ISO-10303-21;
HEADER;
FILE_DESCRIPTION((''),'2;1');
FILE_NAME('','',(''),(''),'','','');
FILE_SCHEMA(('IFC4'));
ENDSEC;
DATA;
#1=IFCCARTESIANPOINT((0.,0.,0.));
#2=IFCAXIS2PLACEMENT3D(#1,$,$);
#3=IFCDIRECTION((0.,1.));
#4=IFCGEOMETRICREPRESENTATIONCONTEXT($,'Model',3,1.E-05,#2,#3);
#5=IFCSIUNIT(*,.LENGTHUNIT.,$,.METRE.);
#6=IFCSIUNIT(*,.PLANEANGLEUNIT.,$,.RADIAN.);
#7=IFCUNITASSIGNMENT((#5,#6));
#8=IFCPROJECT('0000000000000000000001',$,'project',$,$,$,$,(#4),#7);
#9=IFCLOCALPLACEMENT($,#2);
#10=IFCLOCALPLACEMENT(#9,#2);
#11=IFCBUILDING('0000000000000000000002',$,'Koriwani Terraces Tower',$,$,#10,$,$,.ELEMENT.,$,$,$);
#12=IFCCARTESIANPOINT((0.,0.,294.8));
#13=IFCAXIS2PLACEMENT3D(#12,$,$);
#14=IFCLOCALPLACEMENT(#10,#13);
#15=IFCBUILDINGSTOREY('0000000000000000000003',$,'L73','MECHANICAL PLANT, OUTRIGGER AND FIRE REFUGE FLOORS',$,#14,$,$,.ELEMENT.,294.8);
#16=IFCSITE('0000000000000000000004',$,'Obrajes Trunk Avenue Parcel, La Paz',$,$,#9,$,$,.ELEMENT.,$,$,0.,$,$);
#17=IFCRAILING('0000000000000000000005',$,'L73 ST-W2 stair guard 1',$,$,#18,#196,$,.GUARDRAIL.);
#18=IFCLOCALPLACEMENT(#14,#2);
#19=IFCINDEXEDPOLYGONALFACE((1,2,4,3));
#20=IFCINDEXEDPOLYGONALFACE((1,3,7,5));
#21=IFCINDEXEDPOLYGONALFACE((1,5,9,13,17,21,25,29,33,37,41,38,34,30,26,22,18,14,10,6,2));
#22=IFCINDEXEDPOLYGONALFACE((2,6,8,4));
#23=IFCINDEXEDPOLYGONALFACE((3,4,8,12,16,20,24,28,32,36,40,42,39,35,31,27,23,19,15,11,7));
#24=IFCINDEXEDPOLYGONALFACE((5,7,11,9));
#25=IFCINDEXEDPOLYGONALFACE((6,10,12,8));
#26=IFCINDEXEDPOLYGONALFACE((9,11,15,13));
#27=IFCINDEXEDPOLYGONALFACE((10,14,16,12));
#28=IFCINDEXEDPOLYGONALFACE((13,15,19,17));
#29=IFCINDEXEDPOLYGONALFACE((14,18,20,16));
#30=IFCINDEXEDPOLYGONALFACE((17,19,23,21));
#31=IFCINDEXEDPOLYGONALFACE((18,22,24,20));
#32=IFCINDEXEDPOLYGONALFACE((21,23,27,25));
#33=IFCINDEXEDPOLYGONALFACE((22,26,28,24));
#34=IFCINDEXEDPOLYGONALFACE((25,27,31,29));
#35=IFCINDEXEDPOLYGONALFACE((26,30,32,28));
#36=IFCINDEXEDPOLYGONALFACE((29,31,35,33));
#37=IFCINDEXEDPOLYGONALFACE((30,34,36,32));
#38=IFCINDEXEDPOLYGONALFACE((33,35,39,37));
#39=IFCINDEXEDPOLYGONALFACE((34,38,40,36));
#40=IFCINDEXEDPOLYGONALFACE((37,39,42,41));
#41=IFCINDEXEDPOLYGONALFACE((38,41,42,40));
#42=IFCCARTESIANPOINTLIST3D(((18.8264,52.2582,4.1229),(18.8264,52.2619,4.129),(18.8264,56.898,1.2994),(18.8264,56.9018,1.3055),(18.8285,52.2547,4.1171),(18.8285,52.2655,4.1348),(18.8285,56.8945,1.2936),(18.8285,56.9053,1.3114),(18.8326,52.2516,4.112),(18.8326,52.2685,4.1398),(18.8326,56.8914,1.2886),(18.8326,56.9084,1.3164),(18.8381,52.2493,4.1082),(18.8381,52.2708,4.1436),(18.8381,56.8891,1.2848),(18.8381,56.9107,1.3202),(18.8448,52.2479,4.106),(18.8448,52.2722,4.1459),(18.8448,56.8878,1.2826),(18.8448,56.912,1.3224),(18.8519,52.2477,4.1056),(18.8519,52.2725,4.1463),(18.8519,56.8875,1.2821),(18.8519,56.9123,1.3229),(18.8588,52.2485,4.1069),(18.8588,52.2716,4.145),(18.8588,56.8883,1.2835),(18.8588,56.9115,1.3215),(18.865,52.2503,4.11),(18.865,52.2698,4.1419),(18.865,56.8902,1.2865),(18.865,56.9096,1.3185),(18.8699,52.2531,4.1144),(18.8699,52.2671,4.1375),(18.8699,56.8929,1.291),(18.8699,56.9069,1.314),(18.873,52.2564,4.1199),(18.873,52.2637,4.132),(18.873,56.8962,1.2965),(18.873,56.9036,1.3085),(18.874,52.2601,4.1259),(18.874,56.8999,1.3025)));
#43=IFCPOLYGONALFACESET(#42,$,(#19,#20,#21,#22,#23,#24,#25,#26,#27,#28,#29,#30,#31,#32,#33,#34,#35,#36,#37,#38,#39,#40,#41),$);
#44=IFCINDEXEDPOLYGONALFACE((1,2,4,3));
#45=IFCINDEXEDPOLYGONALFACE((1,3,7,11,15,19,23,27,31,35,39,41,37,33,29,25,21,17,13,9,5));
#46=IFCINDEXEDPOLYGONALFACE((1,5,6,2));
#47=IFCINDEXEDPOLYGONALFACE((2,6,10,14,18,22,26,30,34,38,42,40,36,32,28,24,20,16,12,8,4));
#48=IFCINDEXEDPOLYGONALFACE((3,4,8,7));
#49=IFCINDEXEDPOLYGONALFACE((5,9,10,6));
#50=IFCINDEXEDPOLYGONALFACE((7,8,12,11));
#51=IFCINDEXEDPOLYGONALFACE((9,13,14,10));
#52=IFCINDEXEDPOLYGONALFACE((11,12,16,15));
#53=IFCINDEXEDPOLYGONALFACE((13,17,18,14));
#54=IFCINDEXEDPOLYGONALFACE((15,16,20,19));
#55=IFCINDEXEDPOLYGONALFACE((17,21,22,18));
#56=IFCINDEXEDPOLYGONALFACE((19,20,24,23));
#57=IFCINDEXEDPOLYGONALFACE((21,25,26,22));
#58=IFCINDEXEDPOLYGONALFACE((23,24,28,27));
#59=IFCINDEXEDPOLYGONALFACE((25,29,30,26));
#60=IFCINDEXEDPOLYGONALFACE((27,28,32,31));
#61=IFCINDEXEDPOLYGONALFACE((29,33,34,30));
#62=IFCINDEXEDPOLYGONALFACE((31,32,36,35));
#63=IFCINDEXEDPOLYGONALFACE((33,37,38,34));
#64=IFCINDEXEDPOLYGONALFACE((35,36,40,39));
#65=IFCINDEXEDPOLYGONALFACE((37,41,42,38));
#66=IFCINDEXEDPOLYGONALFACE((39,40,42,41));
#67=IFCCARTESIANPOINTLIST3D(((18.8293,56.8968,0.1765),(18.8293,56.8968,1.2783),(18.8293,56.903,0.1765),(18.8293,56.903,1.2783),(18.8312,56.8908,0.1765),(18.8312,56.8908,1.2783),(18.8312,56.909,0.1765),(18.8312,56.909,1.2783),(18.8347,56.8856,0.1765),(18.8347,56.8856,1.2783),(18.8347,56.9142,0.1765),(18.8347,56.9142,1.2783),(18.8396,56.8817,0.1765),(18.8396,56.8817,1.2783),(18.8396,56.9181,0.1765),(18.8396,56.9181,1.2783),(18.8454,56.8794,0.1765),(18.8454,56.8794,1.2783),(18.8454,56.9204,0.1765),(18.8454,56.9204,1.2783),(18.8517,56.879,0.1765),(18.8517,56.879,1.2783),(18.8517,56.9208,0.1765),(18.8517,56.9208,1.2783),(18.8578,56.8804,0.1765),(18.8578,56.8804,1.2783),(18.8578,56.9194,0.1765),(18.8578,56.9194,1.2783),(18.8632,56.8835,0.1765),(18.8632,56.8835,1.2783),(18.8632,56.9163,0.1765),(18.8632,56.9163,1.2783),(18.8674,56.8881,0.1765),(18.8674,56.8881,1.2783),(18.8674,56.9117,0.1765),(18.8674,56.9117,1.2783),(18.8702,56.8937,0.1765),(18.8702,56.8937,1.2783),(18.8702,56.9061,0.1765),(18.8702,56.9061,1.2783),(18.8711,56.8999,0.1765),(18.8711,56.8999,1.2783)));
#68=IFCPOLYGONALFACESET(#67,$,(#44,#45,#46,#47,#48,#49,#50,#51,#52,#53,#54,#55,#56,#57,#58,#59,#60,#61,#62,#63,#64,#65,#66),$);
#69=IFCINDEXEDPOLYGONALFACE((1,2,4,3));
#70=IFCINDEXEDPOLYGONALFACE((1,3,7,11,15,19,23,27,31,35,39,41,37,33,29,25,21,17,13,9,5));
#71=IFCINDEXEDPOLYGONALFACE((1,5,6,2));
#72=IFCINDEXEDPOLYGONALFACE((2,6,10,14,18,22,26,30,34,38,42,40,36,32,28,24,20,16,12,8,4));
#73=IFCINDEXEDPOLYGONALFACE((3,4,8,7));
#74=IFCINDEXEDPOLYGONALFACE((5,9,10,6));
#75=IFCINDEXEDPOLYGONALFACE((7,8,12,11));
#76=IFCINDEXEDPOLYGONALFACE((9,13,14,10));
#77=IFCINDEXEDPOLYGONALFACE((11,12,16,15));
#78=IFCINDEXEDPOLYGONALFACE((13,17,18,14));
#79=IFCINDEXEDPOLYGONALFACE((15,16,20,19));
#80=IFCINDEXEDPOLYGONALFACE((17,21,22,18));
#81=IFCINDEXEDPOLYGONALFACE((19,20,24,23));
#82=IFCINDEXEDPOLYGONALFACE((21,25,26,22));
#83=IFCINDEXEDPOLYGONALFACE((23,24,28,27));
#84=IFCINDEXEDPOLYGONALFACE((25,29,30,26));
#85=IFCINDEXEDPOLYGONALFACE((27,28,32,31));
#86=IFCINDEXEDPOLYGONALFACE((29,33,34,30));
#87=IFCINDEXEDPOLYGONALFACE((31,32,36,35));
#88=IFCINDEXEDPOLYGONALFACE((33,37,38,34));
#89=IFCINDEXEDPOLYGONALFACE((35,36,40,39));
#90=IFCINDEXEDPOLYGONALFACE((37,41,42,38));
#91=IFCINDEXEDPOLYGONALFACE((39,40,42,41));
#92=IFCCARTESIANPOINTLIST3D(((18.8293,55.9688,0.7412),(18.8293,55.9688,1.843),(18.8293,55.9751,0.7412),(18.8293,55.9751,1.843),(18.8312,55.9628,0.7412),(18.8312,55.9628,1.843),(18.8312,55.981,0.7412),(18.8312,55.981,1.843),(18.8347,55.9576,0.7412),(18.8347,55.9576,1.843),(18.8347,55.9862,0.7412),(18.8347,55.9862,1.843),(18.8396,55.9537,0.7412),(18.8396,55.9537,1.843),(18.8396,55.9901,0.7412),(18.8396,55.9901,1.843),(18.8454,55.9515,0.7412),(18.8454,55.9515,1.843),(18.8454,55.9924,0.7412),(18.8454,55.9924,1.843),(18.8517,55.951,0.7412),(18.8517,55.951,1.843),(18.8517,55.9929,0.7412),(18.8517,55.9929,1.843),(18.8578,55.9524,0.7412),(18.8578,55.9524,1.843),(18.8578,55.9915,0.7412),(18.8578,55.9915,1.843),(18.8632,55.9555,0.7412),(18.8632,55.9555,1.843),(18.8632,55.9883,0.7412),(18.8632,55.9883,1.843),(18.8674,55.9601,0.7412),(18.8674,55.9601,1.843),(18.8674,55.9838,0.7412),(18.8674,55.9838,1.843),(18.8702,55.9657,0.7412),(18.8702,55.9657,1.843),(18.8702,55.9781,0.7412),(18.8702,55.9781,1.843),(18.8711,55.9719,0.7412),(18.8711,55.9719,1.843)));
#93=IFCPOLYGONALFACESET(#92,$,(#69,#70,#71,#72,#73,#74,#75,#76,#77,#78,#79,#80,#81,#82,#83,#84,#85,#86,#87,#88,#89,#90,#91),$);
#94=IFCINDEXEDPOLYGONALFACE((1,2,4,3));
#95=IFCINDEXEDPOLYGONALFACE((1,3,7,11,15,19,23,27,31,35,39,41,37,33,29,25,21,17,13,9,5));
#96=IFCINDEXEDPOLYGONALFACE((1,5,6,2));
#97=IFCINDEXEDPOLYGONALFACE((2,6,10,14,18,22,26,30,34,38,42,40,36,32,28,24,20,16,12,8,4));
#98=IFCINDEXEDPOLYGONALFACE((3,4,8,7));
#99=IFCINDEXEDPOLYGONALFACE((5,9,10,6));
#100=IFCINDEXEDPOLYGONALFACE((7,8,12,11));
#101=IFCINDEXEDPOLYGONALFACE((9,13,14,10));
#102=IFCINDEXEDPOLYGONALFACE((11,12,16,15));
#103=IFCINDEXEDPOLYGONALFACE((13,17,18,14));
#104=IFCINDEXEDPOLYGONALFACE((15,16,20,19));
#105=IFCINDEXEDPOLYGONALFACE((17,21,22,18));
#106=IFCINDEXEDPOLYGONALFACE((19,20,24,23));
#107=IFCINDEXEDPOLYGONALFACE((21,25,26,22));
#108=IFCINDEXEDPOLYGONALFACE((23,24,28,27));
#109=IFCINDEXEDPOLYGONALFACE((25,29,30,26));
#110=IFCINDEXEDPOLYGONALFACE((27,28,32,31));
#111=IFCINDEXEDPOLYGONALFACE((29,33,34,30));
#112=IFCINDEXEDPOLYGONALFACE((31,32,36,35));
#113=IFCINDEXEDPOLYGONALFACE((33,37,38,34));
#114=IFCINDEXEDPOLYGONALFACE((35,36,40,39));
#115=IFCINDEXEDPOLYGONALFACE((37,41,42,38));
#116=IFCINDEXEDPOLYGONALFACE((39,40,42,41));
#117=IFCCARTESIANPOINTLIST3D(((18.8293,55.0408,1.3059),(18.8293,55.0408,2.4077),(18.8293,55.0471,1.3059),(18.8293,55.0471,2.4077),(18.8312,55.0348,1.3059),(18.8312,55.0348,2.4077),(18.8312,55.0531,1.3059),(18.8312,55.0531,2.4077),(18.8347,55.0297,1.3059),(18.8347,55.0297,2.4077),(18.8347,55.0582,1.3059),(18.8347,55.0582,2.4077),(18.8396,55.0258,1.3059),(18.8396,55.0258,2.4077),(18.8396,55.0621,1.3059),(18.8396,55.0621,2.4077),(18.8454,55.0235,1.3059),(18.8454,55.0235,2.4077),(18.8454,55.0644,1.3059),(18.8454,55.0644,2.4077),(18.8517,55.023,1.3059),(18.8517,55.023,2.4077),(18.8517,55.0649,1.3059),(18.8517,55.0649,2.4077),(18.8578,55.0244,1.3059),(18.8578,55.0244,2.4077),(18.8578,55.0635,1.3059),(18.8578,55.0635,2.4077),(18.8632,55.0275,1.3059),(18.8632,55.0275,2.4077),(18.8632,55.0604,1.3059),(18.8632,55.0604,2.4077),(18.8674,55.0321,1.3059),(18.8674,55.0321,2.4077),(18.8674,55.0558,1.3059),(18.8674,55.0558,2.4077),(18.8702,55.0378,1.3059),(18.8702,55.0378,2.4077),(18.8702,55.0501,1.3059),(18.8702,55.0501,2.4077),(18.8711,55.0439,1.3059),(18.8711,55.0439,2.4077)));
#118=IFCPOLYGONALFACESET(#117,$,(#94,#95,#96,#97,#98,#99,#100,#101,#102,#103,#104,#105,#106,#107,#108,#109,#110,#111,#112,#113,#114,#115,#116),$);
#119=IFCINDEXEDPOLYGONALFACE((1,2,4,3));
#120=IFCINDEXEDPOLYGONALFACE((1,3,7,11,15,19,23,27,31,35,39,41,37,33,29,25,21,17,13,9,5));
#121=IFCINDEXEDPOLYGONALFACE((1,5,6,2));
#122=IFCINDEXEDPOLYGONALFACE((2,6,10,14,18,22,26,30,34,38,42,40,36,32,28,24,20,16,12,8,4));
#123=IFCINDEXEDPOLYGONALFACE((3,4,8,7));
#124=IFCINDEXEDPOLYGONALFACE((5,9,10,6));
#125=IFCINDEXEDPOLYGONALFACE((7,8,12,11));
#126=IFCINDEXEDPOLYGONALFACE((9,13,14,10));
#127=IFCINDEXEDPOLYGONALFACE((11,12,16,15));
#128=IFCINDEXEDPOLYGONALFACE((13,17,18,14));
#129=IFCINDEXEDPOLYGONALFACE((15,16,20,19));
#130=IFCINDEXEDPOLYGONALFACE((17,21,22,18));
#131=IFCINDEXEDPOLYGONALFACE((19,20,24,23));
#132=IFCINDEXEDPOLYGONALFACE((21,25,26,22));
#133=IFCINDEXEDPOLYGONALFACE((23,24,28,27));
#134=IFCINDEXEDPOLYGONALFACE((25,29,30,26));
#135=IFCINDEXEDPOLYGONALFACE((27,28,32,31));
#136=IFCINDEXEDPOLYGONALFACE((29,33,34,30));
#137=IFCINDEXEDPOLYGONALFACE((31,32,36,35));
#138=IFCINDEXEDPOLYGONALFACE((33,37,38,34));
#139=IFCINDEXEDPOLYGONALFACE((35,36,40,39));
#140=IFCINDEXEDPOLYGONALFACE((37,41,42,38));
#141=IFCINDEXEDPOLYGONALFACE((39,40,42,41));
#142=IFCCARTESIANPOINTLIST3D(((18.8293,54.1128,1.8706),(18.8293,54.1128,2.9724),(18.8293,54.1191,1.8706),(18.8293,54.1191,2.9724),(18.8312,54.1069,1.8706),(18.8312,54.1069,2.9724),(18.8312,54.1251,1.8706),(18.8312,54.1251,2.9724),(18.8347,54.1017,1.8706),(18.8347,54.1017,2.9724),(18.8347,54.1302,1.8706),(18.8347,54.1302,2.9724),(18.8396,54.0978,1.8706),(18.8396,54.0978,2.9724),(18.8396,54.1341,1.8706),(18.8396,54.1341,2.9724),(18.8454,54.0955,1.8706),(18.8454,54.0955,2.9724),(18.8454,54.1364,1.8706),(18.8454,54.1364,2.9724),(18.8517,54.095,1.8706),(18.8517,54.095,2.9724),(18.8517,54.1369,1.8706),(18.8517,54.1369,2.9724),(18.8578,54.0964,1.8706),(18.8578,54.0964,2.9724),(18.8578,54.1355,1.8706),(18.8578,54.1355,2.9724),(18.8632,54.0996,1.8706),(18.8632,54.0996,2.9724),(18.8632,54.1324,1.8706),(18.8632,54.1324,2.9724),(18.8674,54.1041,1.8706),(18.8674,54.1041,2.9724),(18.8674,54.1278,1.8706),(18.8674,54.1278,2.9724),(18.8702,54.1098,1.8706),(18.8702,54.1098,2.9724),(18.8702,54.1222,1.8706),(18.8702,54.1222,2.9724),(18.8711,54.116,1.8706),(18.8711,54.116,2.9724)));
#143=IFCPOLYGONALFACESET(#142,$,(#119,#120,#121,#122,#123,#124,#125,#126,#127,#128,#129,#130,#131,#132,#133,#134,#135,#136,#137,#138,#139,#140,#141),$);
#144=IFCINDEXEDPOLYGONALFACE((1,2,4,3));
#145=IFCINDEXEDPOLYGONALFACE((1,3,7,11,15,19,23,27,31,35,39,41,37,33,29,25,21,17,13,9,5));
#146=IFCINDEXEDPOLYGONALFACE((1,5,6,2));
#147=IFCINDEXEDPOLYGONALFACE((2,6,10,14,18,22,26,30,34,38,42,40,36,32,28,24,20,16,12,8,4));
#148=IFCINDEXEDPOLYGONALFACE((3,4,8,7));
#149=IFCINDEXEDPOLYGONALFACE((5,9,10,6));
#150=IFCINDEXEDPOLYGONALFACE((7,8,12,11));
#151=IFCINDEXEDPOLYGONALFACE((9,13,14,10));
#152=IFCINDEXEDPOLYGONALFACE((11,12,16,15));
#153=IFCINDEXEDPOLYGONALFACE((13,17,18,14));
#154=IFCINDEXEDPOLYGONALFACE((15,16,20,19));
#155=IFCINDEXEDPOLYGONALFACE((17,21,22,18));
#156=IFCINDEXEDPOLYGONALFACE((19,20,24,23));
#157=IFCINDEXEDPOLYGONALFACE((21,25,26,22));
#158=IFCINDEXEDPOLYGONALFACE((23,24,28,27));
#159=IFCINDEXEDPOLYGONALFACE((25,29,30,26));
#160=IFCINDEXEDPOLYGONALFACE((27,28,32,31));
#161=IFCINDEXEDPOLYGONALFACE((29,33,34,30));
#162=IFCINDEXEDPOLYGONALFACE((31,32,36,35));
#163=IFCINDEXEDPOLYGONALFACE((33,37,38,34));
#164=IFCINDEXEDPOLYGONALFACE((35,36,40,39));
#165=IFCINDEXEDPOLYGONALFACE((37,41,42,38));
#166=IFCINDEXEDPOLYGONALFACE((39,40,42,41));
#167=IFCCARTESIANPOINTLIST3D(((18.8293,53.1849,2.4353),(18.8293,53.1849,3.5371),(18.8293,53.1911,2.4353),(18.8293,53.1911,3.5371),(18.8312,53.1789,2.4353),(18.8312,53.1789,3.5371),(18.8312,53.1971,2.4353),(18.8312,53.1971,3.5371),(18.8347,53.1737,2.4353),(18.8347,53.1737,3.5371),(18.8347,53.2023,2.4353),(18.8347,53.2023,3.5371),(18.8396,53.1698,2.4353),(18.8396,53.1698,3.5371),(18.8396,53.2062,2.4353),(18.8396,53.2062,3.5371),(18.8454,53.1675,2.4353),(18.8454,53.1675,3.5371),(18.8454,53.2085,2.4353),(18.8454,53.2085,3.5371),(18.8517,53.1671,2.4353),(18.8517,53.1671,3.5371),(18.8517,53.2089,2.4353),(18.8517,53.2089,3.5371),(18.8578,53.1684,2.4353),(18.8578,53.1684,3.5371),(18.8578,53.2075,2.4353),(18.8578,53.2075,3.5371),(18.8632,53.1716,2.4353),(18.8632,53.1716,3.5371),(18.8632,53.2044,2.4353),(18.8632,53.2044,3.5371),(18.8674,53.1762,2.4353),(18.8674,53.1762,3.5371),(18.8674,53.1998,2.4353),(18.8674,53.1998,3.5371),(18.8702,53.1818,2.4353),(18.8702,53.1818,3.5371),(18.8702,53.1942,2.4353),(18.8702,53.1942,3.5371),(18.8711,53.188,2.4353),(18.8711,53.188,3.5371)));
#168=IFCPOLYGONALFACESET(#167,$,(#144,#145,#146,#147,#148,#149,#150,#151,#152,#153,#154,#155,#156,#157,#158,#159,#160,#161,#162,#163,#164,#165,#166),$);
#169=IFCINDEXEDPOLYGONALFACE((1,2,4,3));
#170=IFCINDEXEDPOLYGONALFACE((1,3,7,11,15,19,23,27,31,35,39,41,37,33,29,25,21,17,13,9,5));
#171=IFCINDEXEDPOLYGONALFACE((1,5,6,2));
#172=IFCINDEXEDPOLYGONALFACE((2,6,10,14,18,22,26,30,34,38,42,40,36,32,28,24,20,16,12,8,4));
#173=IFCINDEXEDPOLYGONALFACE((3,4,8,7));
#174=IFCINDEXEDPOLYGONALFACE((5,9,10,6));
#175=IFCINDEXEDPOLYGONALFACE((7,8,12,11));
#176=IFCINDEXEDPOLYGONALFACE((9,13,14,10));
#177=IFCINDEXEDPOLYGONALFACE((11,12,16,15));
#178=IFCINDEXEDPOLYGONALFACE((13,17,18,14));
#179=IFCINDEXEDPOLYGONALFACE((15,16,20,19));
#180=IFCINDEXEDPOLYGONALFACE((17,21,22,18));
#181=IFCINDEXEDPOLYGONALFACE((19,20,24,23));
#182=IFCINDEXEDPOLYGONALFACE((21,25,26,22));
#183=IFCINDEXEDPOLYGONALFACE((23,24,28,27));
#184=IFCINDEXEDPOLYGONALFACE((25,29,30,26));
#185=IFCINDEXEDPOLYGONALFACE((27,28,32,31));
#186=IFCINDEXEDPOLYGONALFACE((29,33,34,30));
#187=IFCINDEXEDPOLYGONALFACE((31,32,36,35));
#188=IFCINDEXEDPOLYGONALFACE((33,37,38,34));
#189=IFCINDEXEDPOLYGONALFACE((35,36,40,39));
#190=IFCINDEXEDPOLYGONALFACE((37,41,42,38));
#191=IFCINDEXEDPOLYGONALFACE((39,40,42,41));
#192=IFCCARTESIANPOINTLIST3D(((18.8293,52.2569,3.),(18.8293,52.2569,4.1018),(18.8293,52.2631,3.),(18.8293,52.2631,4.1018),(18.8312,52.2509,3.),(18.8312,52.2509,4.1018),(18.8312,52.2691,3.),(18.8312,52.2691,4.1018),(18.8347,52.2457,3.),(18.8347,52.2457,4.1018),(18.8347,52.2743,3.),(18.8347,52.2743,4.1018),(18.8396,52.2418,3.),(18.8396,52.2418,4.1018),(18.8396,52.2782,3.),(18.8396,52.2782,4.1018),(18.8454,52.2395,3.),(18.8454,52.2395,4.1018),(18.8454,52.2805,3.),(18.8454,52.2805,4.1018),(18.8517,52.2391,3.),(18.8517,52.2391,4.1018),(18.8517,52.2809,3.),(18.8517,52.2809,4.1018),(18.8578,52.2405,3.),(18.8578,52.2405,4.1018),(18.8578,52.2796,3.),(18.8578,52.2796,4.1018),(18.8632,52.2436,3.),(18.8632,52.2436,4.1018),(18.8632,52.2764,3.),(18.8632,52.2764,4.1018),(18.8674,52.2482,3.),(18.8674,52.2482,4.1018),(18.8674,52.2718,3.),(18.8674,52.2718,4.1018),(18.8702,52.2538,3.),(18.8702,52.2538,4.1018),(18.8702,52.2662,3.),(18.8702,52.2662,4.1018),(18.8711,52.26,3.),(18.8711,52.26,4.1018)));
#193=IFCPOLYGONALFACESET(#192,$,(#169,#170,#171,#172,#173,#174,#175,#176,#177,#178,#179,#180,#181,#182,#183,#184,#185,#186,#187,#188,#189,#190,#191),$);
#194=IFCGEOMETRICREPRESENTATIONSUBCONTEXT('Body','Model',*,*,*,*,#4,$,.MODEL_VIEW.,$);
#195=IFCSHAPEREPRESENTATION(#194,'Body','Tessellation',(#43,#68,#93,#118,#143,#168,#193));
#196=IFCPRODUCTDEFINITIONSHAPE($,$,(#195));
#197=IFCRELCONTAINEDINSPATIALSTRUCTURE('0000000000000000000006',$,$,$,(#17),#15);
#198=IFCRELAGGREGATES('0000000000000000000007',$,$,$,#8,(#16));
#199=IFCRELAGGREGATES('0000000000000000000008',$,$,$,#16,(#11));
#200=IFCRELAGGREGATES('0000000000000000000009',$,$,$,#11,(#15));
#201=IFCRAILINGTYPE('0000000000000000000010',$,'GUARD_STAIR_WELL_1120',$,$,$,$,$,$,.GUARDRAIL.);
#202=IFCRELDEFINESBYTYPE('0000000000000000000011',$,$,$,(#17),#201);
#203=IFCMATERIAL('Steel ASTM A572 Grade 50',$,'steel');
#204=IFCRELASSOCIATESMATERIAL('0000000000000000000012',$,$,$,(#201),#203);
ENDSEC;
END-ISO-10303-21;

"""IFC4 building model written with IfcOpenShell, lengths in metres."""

from ifc_helpers import new_model, si_unit, direction, frame, origin, origin_2d, place, context, subcontext, project, spatial, circle, extrude, material, type_object, element, save


model = new_model("IFC4")

# Units and contexts
model_context = context("Model", 3, precision=1e-05, world=origin(), true_north=direction((0.0, 1.0)))
body_context = subcontext(model_context, "Body", "Model", "MODEL_VIEW")
ifc_project = project(units=[si_unit("LENGTHUNIT", "METRE"), si_unit("PLANEANGLEUNIT", "RADIAN")], contexts=[model_context])

# Site, building, storey
site_placement = place(None, origin())
site = spatial("IfcSite", under=ifc_project, at=site_placement, Name="Obrajes Trunk Avenue Parcel, La Paz", CompositionType="ELEMENT", RefElevation=0.0)
building_placement = place(site_placement, origin())
building = spatial("IfcBuilding", under=site, at=building_placement, Name="Koriwani Terraces Tower", CompositionType="ELEMENT")
storey_placement = place(building_placement, frame((0.0, 0.0, 294.8)))
storey = spatial("IfcBuildingStorey", under=building, at=storey_placement, Name="L73", Description="MECHANICAL PLANT, OUTRIGGER AND FIRE REFUGE FLOORS", CompositionType="ELEMENT", Elevation=294.8)

# Shared definitions
ifc_material_1 = material(Name="Steel ASTM A572 Grade 50", Category="steel")

# Railing
railing_type_1 = type_object("IfcRailingType", Name="GUARD_STAIR_WELL_1120", PredefinedType="GUARDRAIL", material=ifc_material_1)
railing_1_placement = place(storey_placement, frame((18.8501, 56.8999, 0.1765)))
element("IfcRailing", 1, at=railing_1_placement, inside=storey, type_object=railing_type_1, Name="L73 ST-W2 stair guard 1", PredefinedType="GUARDRAIL", context=body_context, shape_type="SweptSolid", body=[
    extrude(circle(Radius=0.0239, at=origin_2d()), frame((0.0, 0.0, 1.126), z_axis=(0.0, -0.854264, 0.51984), x_axis=(1.0, 0.0, 0.0)), (0.0, 0.0, 1.0), 5.4314),
    extrude(circle(Radius=0.021, at=origin_2d()), origin(), (0.0, 0.0, 1.0), 1.1018),
    extrude(circle(Radius=0.021, at=origin_2d()), frame((0.0, -0.928, 0.5647)), (0.0, 0.0, 1.0), 1.1018),
    extrude(circle(Radius=0.021, at=origin_2d()), frame((0.0, -1.856, 1.1294)), (0.0, 0.0, 1.0), 1.1018),
    extrude(circle(Radius=0.021, at=origin_2d()), frame((0.0, -2.7839, 1.6941)), (0.0, 0.0, 1.0), 1.1018),
    extrude(circle(Radius=0.021, at=origin_2d()), frame((0.0, -3.7119, 2.2588)), (0.0, 0.0, 1.0), 1.1018),
    extrude(circle(Radius=0.021, at=origin_2d()), frame((0.0, -4.6399, 2.8235)), (0.0, 0.0, 1.0), 1.1018),
])

save(model, "model.ifc")
